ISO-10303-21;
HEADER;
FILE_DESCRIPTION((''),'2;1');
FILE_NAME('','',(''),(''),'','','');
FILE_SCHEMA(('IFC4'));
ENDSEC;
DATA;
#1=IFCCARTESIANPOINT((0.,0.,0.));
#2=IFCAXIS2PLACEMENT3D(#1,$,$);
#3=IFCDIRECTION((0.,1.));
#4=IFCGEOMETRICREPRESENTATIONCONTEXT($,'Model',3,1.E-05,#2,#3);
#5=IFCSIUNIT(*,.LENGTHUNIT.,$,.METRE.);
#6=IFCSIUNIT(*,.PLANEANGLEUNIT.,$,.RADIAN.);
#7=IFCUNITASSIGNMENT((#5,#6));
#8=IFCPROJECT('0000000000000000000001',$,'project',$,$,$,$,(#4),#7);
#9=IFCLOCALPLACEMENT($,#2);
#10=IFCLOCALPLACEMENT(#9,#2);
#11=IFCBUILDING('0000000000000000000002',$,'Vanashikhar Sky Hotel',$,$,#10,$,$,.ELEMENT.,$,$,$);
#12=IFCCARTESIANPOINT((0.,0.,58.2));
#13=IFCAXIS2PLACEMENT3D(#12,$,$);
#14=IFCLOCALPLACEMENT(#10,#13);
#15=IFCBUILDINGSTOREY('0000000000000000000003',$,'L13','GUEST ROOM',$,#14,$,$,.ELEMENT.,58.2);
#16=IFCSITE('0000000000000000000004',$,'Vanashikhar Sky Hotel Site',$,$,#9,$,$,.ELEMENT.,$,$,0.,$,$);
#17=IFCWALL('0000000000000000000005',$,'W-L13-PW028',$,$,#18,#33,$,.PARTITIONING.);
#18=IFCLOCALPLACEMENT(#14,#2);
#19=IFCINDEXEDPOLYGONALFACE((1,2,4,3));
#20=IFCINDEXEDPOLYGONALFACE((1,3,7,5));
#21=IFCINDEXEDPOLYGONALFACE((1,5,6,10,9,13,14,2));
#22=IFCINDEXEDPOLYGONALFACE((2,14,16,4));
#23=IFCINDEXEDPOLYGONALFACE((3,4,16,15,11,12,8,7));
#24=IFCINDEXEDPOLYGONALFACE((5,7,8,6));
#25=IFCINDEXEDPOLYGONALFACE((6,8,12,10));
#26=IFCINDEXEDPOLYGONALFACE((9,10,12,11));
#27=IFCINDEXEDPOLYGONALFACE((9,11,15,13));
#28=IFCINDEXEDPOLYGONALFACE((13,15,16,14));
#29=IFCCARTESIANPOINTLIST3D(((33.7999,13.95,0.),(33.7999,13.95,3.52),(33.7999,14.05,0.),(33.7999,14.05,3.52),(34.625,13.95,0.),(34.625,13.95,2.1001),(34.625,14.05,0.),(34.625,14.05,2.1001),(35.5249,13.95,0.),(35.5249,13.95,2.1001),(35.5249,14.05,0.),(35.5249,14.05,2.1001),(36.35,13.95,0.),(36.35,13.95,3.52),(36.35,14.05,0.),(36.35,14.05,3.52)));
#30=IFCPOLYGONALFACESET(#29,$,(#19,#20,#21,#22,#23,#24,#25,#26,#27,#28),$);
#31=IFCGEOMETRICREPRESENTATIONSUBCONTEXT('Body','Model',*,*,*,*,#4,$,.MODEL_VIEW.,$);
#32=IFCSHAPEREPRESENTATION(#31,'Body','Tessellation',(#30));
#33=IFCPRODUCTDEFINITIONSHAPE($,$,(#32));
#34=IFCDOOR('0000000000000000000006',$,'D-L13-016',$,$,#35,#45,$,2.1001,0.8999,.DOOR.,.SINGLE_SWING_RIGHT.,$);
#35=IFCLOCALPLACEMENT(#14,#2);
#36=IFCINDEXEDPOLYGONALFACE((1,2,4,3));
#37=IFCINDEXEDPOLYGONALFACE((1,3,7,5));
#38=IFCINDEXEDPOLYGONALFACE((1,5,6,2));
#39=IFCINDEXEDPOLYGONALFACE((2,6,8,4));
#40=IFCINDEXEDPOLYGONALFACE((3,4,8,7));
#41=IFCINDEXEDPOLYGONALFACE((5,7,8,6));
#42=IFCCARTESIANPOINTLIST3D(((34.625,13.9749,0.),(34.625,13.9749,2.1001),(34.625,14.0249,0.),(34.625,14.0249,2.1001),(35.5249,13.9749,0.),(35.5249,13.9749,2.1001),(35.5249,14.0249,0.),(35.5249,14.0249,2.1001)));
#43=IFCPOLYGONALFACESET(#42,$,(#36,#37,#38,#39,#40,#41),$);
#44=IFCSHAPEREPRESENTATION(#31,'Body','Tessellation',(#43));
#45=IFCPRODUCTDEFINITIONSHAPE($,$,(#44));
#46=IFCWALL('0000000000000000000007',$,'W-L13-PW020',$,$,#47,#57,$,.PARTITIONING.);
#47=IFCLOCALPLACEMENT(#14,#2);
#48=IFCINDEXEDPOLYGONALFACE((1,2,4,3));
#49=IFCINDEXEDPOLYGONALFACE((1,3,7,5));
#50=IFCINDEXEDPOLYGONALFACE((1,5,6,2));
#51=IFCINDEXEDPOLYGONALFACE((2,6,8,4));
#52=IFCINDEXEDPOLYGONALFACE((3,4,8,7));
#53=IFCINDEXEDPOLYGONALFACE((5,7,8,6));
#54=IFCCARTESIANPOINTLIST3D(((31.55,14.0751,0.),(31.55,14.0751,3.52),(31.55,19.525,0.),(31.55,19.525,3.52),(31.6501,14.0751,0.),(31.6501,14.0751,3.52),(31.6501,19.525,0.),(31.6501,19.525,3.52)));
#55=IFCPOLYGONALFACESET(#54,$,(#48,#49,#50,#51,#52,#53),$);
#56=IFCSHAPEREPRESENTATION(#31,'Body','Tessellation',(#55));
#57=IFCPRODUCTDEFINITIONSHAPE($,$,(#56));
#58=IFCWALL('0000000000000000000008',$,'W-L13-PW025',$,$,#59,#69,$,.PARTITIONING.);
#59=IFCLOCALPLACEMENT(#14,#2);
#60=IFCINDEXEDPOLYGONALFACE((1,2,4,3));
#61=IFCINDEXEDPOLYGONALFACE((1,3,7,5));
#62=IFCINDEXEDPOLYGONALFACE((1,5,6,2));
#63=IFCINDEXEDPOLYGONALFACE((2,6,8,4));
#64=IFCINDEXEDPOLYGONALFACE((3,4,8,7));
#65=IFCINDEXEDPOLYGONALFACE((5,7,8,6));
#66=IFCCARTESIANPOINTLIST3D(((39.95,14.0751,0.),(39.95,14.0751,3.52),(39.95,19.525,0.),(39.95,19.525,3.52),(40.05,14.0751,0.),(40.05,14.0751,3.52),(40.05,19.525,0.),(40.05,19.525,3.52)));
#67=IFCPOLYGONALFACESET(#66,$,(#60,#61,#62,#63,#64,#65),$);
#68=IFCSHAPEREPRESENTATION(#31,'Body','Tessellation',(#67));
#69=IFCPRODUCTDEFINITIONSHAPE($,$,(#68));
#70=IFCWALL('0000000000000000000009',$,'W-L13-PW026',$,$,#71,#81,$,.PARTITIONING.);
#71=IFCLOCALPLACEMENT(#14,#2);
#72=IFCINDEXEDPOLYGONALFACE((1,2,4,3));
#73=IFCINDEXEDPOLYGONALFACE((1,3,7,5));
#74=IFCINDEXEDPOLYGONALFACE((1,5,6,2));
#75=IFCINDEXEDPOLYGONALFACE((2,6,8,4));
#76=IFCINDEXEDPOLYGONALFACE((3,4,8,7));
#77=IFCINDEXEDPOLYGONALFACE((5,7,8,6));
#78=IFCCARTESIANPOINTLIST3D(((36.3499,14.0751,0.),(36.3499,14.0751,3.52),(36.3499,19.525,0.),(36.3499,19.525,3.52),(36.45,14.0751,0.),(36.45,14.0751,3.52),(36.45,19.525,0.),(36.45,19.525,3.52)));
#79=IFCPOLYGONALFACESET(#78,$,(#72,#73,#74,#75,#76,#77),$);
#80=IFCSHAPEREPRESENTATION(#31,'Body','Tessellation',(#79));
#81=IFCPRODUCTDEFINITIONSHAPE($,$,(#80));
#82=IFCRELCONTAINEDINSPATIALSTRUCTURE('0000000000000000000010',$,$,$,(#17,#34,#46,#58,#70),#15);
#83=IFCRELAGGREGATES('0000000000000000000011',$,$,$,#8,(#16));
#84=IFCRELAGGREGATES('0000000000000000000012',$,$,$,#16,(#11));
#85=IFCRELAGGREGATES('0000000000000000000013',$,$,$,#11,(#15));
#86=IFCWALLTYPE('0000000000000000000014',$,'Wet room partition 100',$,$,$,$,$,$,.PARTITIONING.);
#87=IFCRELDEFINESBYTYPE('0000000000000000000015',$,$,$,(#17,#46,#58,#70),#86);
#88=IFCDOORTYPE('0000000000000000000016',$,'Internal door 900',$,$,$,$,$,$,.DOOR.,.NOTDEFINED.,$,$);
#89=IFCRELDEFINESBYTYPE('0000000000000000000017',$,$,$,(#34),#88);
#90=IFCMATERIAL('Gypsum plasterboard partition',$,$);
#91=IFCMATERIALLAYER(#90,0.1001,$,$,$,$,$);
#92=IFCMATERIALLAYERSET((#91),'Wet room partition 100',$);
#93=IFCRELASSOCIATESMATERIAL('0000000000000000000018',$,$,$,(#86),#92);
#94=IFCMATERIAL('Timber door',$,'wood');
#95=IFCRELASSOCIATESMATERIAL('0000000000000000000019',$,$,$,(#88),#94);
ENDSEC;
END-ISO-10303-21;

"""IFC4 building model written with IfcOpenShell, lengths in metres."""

from ifc_helpers import new_model, si_unit, direction, frame, frame_2d, origin, place, context, subcontext, project, spatial, rectangle, extrude, source, transform, mapped, material, layer, layer_set, type_object, element, fill, save


model = new_model("IFC4")

# Units and contexts
model_context = context("Model", 3, precision=1e-05, world=origin(), true_north=direction((0.0, 1.0)))
body_context = subcontext(model_context, "Body", "Model", "MODEL_VIEW")
ifc_project = project(units=[si_unit("LENGTHUNIT", "METRE"), si_unit("PLANEANGLEUNIT", "RADIAN")], contexts=[model_context])

# Site, building, storey
site_placement = place(None, origin())
site = spatial("IfcSite", under=ifc_project, at=site_placement, Name="Vanashikhar Sky Hotel Site", CompositionType="ELEMENT", RefElevation=0.0)
building_placement = place(site_placement, origin())
building = spatial("IfcBuilding", under=site, at=building_placement, Name="Vanashikhar Sky Hotel", CompositionType="ELEMENT")
storey_placement = place(building_placement, frame((0.0, 0.0, 58.2)))
storey = spatial("IfcBuildingStorey", under=building, at=storey_placement, Name="L13", Description="GUEST ROOM", CompositionType="ELEMENT", Elevation=58.2)

# Wall, opening, door
ifc_material_1 = material(Name="Gypsum plasterboard partition")
ifc_layer_1 = layer(ifc_material_1, 0.1001)
ifc_layer_set_1 = layer_set([ifc_layer_1], Name="Wet room partition 100")
wall_type_1 = type_object("IfcWallType", Name="Wet room partition 100", PredefinedType="PARTITIONING", material=ifc_layer_set_1)
shared_shape_1 = source(origin(), body_context, "Body", "SweptSolid", [
    extrude(rectangle(XDim=0.8999, YDim=2.1001, at=frame_2d((0.45, 1.05))), frame((0.0, 0.0601, 0.0), z_axis=(0.0, -1.0, 0.0), x_axis=(1.0, 0.0, 0.0)), (0.0, 0.0, 1.0), 0.1201),
])
ifc_material_2 = material(Name="Timber door", Category="wood")
door_type_1 = type_object("IfcDoorType", Name="Internal door 900", OperationType="NOTDEFINED", PredefinedType="DOOR", material=ifc_material_2)
shared_shape_2 = source(origin(), body_context, "Body", "SweptSolid", [
    extrude(rectangle(XDim=0.8999, YDim=2.1001, at=frame_2d((0.45, 1.05))), frame((0.0, 0.0249, 0.0), z_axis=(0.0, -1.0, 0.0), x_axis=(1.0, 0.0, 0.0)), (0.0, 0.0, 1.0), 0.05),
])
shared_shape_3 = source(origin(), body_context, "Body", "SweptSolid", [
    extrude(rectangle(XDim=2.55, YDim=0.1001, at=frame_2d((1.2749, 0.0))), origin(), (0.0, 0.0, 1.0), 3.52),
])
wall_1_placement = place(storey_placement, frame((33.8, 14.0, 0.0), z_axis=(0.0, 0.0, 1.0), x_axis=(1.0, 0.0, 0.0)))
wall_1 = element("IfcWall", 1, at=wall_1_placement, inside=storey, type_object=wall_type_1, Name="W-L13-PW028", PredefinedType="PARTITIONING", context=body_context, shape_type="MappedRepresentation", body=[
    mapped(shared_shape_3, transform((0.0, 0.0, 0.0), scale=1.0)),
])
opening_1_placement = place(wall_1_placement, frame((0.825, 0.0, 0.0)))
opening_1 = element("IfcOpeningElement", 2, at=opening_1_placement, cuts=wall_1, PredefinedType="OPENING", context=body_context, shape_type="MappedRepresentation", body=[
    mapped(shared_shape_1, transform((0.0, 0.0, 0.0), scale=1.0)),
])
door_1_placement = place(opening_1_placement, origin())
door_1 = element("IfcDoor", 3, at=door_1_placement, inside=storey, type_object=door_type_1, Name="D-L13-016", OperationType="SINGLE_SWING_RIGHT", OverallHeight=2.1001, OverallWidth=0.8999, PredefinedType="DOOR", context=body_context, shape_type="MappedRepresentation", body=[
    mapped(shared_shape_2, transform((0.0, 0.0, 0.0), scale=1.0)),
])
fill(opening_1, door_1)

# Walls
shared_shape_4 = source(origin(), body_context, "Body", "SweptSolid", [
    extrude(rectangle(XDim=5.45, YDim=0.1001, at=frame_2d((2.7251, 0.0))), origin(), (0.0, 0.0, 1.0), 3.52),
])
for number, where, z_axis, x_axis, name in (
    (4, (31.6001, 14.075, 0.0), (0.0, 0.0, 1.0), (0.0, 1.0, 0.0), "W-L13-PW020"),
    (5, (40.0, 14.075, 0.0), (0.0, 0.0, 1.0), (0.0, 1.0, 0.0), "W-L13-PW025"),
    (6, (36.3999, 14.075, 0.0), (0.0, 0.0, 1.0), (0.0, 1.0, 0.0), "W-L13-PW026"),
):
    element("IfcWall", number, at=place(storey_placement, frame(where, z_axis=z_axis, x_axis=x_axis)), inside=storey, type_object=wall_type_1, Name=name, PredefinedType="PARTITIONING", context=body_context, shape_type="MappedRepresentation", body=[
        mapped(shared_shape_4, transform((0.0, 0.0, 0.0), scale=1.0)),
    ])

save(model, "model.ifc")
